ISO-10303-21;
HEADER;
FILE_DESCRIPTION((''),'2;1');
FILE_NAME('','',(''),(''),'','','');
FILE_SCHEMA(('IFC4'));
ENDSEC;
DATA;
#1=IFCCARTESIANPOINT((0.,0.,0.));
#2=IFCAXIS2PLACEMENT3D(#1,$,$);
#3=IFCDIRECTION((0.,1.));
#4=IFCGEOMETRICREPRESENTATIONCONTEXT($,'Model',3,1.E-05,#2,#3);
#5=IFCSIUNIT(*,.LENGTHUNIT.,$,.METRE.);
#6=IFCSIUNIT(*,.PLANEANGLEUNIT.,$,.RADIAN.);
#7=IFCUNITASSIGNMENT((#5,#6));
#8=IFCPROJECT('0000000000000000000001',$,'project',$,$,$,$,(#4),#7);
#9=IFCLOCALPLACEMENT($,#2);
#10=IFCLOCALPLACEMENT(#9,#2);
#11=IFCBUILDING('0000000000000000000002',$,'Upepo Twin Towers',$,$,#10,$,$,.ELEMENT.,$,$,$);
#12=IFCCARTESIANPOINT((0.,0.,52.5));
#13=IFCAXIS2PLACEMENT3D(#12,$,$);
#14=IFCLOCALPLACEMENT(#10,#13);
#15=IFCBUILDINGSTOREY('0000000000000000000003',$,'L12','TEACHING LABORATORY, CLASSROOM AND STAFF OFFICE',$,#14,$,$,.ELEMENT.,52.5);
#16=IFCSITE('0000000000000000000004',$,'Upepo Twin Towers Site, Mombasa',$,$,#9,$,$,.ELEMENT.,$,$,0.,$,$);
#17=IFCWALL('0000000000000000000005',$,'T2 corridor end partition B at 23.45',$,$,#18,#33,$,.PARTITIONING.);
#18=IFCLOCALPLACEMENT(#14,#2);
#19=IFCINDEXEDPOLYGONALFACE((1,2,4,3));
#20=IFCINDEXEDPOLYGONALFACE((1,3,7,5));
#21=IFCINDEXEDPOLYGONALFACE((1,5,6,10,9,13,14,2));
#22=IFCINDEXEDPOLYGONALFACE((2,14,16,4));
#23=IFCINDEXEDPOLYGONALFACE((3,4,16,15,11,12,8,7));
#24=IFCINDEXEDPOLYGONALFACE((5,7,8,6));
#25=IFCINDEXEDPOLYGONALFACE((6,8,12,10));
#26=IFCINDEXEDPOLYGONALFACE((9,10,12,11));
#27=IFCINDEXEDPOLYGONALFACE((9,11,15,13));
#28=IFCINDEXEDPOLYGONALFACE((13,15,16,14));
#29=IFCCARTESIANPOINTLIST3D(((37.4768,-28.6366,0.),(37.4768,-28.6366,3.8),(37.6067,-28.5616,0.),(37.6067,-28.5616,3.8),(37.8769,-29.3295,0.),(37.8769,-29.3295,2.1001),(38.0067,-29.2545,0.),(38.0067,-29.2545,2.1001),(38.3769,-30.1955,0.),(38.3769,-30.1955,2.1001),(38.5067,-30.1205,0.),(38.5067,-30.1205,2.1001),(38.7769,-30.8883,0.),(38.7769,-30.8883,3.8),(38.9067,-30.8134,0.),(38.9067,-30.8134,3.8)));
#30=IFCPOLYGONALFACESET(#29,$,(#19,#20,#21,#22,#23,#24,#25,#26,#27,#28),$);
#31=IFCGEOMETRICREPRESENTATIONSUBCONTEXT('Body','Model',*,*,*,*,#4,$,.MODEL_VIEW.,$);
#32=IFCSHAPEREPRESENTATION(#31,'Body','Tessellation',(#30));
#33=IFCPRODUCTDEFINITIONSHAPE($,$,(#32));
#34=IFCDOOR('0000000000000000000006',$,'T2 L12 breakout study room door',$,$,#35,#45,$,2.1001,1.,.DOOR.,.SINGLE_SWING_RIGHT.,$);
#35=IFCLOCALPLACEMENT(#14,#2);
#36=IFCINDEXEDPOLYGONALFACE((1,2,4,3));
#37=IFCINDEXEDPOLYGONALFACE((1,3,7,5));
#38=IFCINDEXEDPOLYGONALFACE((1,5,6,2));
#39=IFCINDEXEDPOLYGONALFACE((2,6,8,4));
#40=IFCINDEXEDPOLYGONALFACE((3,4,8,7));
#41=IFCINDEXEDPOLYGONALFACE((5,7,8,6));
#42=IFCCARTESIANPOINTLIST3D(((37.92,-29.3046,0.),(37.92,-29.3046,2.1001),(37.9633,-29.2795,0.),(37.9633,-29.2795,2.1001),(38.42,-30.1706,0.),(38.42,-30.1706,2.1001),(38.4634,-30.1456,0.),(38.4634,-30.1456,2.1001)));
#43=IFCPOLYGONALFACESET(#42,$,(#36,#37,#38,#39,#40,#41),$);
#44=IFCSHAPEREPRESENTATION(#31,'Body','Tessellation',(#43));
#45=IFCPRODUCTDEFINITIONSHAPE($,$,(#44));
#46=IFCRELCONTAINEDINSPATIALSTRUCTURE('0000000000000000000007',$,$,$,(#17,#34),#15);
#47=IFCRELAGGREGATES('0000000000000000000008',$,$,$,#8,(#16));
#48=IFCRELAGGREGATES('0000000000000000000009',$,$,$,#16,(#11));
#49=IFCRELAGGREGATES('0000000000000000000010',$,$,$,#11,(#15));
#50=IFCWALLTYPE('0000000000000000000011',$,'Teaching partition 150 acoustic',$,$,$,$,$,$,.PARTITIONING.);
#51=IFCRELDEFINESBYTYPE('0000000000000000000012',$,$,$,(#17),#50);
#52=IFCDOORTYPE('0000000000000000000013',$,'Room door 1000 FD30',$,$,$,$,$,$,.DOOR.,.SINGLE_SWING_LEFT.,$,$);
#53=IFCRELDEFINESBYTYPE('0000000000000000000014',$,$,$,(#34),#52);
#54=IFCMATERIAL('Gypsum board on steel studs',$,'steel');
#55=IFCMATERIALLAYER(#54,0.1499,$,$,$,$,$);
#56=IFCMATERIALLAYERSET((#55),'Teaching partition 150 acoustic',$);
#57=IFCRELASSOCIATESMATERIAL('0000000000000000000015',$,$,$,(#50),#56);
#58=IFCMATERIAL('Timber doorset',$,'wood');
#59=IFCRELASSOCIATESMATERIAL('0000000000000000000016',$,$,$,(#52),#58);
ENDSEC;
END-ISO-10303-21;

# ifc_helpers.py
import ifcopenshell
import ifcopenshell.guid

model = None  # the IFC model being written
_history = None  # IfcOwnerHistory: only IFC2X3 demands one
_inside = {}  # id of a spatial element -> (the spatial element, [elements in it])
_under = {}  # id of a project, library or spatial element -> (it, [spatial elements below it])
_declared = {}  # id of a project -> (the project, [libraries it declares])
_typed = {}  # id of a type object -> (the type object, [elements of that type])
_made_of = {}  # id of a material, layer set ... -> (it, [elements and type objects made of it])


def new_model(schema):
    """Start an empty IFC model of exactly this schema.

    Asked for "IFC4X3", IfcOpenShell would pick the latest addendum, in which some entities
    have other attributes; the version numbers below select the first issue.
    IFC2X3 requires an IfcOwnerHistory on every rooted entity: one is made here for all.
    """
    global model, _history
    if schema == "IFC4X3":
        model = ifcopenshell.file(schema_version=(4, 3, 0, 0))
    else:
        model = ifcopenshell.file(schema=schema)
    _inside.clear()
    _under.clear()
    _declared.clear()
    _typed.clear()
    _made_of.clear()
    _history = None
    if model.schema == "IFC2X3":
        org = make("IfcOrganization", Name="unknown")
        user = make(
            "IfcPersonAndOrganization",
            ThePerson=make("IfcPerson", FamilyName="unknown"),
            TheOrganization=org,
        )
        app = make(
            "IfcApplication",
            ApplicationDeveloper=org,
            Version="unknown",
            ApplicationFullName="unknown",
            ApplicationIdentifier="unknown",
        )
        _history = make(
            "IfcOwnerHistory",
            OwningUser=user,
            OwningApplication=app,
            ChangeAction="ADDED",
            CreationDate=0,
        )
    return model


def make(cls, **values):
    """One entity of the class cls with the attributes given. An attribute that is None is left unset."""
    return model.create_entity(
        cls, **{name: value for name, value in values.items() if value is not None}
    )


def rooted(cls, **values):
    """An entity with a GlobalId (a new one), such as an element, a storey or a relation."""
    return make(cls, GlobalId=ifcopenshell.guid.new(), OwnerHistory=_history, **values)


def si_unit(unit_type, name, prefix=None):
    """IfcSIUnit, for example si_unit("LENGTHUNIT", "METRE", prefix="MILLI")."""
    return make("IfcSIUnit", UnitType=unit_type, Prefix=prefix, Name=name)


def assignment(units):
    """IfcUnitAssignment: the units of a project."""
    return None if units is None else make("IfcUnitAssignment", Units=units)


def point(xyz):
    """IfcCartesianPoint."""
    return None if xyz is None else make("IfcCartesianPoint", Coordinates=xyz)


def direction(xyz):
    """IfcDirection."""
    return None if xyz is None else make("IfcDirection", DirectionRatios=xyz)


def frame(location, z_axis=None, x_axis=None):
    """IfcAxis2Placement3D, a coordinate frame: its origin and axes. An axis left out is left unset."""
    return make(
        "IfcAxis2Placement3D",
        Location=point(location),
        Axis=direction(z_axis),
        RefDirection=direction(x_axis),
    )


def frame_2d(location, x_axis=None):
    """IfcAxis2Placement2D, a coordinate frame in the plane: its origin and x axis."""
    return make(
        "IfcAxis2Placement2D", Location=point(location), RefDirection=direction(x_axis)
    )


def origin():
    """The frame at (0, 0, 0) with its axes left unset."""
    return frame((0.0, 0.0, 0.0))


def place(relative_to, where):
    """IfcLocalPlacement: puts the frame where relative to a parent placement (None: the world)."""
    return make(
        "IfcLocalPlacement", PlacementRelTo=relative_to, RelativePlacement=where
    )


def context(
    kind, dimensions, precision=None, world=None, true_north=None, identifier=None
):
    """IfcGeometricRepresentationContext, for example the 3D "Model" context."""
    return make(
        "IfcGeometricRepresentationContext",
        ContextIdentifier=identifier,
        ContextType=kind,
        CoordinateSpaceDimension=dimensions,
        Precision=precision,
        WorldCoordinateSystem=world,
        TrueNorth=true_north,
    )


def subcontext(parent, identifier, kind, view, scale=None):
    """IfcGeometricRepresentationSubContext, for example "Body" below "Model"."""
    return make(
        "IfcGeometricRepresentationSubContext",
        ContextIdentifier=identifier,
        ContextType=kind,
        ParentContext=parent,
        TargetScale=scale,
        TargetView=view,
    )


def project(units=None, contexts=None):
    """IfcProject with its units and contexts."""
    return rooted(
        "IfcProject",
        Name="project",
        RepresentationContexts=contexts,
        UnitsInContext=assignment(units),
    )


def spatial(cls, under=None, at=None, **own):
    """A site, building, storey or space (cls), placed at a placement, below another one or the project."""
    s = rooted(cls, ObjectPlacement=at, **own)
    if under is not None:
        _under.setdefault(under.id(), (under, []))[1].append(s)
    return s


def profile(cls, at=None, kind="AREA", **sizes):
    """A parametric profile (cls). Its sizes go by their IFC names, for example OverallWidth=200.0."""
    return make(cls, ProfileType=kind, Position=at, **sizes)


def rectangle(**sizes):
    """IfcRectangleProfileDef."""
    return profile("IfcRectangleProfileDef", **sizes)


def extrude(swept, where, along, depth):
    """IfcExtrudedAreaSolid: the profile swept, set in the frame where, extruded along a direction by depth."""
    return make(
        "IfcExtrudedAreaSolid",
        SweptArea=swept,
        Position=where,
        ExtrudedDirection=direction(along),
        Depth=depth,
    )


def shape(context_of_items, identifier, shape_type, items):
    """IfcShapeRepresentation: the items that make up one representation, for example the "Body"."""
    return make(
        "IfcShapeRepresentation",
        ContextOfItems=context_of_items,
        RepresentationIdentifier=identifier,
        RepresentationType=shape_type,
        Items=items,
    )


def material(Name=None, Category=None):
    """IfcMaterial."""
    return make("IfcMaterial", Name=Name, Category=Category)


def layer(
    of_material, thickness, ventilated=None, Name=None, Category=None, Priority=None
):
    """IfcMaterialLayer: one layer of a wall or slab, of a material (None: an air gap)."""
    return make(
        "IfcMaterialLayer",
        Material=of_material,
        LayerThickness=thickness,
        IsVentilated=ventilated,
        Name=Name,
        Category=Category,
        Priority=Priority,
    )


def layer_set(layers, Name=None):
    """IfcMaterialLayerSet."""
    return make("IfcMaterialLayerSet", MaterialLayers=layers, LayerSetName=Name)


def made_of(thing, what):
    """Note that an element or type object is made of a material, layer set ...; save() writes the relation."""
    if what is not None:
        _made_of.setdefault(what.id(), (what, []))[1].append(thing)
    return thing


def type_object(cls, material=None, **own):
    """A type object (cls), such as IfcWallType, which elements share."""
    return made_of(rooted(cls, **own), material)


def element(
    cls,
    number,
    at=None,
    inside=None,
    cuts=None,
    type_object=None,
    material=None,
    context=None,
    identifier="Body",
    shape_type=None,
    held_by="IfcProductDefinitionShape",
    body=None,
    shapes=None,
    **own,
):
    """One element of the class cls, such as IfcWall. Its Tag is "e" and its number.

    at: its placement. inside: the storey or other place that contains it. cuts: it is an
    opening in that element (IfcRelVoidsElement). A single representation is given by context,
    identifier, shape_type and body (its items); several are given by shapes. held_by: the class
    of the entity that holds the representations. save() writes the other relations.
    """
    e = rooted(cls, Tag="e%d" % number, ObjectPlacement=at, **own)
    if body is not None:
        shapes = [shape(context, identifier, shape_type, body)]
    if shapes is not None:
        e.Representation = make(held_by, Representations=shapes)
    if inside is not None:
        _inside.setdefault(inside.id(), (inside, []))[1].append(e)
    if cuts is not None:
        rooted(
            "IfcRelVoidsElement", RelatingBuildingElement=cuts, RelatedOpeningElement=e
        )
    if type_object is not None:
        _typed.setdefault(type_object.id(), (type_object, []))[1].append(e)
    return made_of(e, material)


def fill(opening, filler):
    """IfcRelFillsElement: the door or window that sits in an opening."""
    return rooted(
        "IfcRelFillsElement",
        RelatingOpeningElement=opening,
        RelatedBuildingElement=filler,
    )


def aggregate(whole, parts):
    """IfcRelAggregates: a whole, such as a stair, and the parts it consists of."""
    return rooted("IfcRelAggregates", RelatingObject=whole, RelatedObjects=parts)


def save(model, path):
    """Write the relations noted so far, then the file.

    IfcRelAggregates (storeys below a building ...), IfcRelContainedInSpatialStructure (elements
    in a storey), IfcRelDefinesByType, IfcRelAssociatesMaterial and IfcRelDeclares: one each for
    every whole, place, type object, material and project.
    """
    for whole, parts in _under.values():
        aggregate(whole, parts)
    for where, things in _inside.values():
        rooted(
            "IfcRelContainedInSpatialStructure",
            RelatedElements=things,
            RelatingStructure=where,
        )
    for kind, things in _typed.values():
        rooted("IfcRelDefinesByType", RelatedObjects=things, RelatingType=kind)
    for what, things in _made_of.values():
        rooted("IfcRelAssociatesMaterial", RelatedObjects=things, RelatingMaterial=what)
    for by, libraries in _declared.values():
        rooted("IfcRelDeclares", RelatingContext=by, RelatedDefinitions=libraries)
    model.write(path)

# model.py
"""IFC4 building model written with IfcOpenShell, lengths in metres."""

from ifc_helpers import new_model, si_unit, direction, frame, frame_2d, origin, place, context, subcontext, project, spatial, rectangle, extrude, material, layer, layer_set, type_object, element, fill, save


model = new_model("IFC4")

# Units and contexts
model_context = context("Model", 3, precision=1e-05, world=origin(), true_north=direction((0.0, 1.0)))
body_context = subcontext(model_context, "Body", "Model", "MODEL_VIEW")
ifc_project = project(units=[si_unit("LENGTHUNIT", "METRE"), si_unit("PLANEANGLEUNIT", "RADIAN")], contexts=[model_context])

# Site, building, storey
site_placement = place(None, origin())
site = spatial("IfcSite", under=ifc_project, at=site_placement, Name="Upepo Twin Towers Site, Mombasa", CompositionType="ELEMENT", RefElevation=0.0)
building_placement = place(site_placement, origin())
building = spatial("IfcBuilding", under=site, at=building_placement, Name="Upepo Twin Towers", CompositionType="ELEMENT")
storey_placement = place(building_placement, frame((0.0, 0.0, 52.5)))
storey = spatial("IfcBuildingStorey", under=building, at=storey_placement, Name="L12", Description="TEACHING LABORATORY, CLASSROOM AND STAFF OFFICE", CompositionType="ELEMENT", Elevation=52.5)

# Shared definitions
ifc_material_1 = material(Name="Gypsum board on steel studs", Category="steel")
ifc_layer_1 = layer(ifc_material_1, 0.1499)
ifc_layer_set_1 = layer_set([ifc_layer_1], Name="Teaching partition 150 acoustic")
wall_type_1 = type_object("IfcWallType", Name="Teaching partition 150 acoustic", PredefinedType="PARTITIONING", material=ifc_layer_set_1)

# Shared definitions
ifc_material_2 = material(Name="Timber doorset", Category="wood")
door_type = type_object("IfcDoorType", Name="Room door 1000 FD30", OperationType="SINGLE_SWING_LEFT", PredefinedType="DOOR", material=ifc_material_2)

# Wall, opening, door
wall_1_placement = place(storey_placement, frame((37.5417, -28.5991, 0.0), z_axis=(0.0, 0.0, 1.0), x_axis=(0.500007, -0.866021, 0.0)))
wall_1 = element("IfcWall", 1, at=wall_1_placement, inside=storey, type_object=wall_type_1, Name="T2 corridor end partition B at 23.45", PredefinedType="PARTITIONING", context=body_context, shape_type="SweptSolid", body=[
    extrude(rectangle(XDim=2.6001, YDim=0.1499, at=frame_2d((1.3, 0.0))), origin(), (0.0, 0.0, 1.0), 3.8),
])
opening_1_placement = place(wall_1_placement, frame((0.8, 0.0, 0.0)))
opening_1 = element("IfcOpeningElement", 2, at=opening_1_placement, cuts=wall_1, PredefinedType="OPENING", context=body_context, shape_type="SweptSolid", body=[
    extrude(rectangle(XDim=1.0, YDim=2.1001, at=frame_2d((0.5, 1.05))), frame((0.0, 0.085, 0.0), z_axis=(0.0, -1.0, 0.0), x_axis=(1.0, 0.0, 0.0)), (0.0, 0.0, 1.0), 0.1699),
])
door_1_placement = place(opening_1_placement, origin())
door_1 = element("IfcDoor", 3, at=door_1_placement, inside=storey, type_object=door_type, Name="T2 L12 breakout study room door", OperationType="SINGLE_SWING_RIGHT", OverallHeight=2.1001, OverallWidth=1.0, PredefinedType="DOOR", context=body_context, shape_type="SweptSolid", body=[
    extrude(rectangle(XDim=1.0, YDim=2.1001, at=frame_2d((0.5, 1.05))), frame((0.0, 0.0249, 0.0), z_axis=(0.0, -1.0, 0.0), x_axis=(1.0, 0.0, 0.0)), (0.0, 0.0, 1.0), 0.05),
])
fill(opening_1, door_1)

save(model, "model.ifc")
